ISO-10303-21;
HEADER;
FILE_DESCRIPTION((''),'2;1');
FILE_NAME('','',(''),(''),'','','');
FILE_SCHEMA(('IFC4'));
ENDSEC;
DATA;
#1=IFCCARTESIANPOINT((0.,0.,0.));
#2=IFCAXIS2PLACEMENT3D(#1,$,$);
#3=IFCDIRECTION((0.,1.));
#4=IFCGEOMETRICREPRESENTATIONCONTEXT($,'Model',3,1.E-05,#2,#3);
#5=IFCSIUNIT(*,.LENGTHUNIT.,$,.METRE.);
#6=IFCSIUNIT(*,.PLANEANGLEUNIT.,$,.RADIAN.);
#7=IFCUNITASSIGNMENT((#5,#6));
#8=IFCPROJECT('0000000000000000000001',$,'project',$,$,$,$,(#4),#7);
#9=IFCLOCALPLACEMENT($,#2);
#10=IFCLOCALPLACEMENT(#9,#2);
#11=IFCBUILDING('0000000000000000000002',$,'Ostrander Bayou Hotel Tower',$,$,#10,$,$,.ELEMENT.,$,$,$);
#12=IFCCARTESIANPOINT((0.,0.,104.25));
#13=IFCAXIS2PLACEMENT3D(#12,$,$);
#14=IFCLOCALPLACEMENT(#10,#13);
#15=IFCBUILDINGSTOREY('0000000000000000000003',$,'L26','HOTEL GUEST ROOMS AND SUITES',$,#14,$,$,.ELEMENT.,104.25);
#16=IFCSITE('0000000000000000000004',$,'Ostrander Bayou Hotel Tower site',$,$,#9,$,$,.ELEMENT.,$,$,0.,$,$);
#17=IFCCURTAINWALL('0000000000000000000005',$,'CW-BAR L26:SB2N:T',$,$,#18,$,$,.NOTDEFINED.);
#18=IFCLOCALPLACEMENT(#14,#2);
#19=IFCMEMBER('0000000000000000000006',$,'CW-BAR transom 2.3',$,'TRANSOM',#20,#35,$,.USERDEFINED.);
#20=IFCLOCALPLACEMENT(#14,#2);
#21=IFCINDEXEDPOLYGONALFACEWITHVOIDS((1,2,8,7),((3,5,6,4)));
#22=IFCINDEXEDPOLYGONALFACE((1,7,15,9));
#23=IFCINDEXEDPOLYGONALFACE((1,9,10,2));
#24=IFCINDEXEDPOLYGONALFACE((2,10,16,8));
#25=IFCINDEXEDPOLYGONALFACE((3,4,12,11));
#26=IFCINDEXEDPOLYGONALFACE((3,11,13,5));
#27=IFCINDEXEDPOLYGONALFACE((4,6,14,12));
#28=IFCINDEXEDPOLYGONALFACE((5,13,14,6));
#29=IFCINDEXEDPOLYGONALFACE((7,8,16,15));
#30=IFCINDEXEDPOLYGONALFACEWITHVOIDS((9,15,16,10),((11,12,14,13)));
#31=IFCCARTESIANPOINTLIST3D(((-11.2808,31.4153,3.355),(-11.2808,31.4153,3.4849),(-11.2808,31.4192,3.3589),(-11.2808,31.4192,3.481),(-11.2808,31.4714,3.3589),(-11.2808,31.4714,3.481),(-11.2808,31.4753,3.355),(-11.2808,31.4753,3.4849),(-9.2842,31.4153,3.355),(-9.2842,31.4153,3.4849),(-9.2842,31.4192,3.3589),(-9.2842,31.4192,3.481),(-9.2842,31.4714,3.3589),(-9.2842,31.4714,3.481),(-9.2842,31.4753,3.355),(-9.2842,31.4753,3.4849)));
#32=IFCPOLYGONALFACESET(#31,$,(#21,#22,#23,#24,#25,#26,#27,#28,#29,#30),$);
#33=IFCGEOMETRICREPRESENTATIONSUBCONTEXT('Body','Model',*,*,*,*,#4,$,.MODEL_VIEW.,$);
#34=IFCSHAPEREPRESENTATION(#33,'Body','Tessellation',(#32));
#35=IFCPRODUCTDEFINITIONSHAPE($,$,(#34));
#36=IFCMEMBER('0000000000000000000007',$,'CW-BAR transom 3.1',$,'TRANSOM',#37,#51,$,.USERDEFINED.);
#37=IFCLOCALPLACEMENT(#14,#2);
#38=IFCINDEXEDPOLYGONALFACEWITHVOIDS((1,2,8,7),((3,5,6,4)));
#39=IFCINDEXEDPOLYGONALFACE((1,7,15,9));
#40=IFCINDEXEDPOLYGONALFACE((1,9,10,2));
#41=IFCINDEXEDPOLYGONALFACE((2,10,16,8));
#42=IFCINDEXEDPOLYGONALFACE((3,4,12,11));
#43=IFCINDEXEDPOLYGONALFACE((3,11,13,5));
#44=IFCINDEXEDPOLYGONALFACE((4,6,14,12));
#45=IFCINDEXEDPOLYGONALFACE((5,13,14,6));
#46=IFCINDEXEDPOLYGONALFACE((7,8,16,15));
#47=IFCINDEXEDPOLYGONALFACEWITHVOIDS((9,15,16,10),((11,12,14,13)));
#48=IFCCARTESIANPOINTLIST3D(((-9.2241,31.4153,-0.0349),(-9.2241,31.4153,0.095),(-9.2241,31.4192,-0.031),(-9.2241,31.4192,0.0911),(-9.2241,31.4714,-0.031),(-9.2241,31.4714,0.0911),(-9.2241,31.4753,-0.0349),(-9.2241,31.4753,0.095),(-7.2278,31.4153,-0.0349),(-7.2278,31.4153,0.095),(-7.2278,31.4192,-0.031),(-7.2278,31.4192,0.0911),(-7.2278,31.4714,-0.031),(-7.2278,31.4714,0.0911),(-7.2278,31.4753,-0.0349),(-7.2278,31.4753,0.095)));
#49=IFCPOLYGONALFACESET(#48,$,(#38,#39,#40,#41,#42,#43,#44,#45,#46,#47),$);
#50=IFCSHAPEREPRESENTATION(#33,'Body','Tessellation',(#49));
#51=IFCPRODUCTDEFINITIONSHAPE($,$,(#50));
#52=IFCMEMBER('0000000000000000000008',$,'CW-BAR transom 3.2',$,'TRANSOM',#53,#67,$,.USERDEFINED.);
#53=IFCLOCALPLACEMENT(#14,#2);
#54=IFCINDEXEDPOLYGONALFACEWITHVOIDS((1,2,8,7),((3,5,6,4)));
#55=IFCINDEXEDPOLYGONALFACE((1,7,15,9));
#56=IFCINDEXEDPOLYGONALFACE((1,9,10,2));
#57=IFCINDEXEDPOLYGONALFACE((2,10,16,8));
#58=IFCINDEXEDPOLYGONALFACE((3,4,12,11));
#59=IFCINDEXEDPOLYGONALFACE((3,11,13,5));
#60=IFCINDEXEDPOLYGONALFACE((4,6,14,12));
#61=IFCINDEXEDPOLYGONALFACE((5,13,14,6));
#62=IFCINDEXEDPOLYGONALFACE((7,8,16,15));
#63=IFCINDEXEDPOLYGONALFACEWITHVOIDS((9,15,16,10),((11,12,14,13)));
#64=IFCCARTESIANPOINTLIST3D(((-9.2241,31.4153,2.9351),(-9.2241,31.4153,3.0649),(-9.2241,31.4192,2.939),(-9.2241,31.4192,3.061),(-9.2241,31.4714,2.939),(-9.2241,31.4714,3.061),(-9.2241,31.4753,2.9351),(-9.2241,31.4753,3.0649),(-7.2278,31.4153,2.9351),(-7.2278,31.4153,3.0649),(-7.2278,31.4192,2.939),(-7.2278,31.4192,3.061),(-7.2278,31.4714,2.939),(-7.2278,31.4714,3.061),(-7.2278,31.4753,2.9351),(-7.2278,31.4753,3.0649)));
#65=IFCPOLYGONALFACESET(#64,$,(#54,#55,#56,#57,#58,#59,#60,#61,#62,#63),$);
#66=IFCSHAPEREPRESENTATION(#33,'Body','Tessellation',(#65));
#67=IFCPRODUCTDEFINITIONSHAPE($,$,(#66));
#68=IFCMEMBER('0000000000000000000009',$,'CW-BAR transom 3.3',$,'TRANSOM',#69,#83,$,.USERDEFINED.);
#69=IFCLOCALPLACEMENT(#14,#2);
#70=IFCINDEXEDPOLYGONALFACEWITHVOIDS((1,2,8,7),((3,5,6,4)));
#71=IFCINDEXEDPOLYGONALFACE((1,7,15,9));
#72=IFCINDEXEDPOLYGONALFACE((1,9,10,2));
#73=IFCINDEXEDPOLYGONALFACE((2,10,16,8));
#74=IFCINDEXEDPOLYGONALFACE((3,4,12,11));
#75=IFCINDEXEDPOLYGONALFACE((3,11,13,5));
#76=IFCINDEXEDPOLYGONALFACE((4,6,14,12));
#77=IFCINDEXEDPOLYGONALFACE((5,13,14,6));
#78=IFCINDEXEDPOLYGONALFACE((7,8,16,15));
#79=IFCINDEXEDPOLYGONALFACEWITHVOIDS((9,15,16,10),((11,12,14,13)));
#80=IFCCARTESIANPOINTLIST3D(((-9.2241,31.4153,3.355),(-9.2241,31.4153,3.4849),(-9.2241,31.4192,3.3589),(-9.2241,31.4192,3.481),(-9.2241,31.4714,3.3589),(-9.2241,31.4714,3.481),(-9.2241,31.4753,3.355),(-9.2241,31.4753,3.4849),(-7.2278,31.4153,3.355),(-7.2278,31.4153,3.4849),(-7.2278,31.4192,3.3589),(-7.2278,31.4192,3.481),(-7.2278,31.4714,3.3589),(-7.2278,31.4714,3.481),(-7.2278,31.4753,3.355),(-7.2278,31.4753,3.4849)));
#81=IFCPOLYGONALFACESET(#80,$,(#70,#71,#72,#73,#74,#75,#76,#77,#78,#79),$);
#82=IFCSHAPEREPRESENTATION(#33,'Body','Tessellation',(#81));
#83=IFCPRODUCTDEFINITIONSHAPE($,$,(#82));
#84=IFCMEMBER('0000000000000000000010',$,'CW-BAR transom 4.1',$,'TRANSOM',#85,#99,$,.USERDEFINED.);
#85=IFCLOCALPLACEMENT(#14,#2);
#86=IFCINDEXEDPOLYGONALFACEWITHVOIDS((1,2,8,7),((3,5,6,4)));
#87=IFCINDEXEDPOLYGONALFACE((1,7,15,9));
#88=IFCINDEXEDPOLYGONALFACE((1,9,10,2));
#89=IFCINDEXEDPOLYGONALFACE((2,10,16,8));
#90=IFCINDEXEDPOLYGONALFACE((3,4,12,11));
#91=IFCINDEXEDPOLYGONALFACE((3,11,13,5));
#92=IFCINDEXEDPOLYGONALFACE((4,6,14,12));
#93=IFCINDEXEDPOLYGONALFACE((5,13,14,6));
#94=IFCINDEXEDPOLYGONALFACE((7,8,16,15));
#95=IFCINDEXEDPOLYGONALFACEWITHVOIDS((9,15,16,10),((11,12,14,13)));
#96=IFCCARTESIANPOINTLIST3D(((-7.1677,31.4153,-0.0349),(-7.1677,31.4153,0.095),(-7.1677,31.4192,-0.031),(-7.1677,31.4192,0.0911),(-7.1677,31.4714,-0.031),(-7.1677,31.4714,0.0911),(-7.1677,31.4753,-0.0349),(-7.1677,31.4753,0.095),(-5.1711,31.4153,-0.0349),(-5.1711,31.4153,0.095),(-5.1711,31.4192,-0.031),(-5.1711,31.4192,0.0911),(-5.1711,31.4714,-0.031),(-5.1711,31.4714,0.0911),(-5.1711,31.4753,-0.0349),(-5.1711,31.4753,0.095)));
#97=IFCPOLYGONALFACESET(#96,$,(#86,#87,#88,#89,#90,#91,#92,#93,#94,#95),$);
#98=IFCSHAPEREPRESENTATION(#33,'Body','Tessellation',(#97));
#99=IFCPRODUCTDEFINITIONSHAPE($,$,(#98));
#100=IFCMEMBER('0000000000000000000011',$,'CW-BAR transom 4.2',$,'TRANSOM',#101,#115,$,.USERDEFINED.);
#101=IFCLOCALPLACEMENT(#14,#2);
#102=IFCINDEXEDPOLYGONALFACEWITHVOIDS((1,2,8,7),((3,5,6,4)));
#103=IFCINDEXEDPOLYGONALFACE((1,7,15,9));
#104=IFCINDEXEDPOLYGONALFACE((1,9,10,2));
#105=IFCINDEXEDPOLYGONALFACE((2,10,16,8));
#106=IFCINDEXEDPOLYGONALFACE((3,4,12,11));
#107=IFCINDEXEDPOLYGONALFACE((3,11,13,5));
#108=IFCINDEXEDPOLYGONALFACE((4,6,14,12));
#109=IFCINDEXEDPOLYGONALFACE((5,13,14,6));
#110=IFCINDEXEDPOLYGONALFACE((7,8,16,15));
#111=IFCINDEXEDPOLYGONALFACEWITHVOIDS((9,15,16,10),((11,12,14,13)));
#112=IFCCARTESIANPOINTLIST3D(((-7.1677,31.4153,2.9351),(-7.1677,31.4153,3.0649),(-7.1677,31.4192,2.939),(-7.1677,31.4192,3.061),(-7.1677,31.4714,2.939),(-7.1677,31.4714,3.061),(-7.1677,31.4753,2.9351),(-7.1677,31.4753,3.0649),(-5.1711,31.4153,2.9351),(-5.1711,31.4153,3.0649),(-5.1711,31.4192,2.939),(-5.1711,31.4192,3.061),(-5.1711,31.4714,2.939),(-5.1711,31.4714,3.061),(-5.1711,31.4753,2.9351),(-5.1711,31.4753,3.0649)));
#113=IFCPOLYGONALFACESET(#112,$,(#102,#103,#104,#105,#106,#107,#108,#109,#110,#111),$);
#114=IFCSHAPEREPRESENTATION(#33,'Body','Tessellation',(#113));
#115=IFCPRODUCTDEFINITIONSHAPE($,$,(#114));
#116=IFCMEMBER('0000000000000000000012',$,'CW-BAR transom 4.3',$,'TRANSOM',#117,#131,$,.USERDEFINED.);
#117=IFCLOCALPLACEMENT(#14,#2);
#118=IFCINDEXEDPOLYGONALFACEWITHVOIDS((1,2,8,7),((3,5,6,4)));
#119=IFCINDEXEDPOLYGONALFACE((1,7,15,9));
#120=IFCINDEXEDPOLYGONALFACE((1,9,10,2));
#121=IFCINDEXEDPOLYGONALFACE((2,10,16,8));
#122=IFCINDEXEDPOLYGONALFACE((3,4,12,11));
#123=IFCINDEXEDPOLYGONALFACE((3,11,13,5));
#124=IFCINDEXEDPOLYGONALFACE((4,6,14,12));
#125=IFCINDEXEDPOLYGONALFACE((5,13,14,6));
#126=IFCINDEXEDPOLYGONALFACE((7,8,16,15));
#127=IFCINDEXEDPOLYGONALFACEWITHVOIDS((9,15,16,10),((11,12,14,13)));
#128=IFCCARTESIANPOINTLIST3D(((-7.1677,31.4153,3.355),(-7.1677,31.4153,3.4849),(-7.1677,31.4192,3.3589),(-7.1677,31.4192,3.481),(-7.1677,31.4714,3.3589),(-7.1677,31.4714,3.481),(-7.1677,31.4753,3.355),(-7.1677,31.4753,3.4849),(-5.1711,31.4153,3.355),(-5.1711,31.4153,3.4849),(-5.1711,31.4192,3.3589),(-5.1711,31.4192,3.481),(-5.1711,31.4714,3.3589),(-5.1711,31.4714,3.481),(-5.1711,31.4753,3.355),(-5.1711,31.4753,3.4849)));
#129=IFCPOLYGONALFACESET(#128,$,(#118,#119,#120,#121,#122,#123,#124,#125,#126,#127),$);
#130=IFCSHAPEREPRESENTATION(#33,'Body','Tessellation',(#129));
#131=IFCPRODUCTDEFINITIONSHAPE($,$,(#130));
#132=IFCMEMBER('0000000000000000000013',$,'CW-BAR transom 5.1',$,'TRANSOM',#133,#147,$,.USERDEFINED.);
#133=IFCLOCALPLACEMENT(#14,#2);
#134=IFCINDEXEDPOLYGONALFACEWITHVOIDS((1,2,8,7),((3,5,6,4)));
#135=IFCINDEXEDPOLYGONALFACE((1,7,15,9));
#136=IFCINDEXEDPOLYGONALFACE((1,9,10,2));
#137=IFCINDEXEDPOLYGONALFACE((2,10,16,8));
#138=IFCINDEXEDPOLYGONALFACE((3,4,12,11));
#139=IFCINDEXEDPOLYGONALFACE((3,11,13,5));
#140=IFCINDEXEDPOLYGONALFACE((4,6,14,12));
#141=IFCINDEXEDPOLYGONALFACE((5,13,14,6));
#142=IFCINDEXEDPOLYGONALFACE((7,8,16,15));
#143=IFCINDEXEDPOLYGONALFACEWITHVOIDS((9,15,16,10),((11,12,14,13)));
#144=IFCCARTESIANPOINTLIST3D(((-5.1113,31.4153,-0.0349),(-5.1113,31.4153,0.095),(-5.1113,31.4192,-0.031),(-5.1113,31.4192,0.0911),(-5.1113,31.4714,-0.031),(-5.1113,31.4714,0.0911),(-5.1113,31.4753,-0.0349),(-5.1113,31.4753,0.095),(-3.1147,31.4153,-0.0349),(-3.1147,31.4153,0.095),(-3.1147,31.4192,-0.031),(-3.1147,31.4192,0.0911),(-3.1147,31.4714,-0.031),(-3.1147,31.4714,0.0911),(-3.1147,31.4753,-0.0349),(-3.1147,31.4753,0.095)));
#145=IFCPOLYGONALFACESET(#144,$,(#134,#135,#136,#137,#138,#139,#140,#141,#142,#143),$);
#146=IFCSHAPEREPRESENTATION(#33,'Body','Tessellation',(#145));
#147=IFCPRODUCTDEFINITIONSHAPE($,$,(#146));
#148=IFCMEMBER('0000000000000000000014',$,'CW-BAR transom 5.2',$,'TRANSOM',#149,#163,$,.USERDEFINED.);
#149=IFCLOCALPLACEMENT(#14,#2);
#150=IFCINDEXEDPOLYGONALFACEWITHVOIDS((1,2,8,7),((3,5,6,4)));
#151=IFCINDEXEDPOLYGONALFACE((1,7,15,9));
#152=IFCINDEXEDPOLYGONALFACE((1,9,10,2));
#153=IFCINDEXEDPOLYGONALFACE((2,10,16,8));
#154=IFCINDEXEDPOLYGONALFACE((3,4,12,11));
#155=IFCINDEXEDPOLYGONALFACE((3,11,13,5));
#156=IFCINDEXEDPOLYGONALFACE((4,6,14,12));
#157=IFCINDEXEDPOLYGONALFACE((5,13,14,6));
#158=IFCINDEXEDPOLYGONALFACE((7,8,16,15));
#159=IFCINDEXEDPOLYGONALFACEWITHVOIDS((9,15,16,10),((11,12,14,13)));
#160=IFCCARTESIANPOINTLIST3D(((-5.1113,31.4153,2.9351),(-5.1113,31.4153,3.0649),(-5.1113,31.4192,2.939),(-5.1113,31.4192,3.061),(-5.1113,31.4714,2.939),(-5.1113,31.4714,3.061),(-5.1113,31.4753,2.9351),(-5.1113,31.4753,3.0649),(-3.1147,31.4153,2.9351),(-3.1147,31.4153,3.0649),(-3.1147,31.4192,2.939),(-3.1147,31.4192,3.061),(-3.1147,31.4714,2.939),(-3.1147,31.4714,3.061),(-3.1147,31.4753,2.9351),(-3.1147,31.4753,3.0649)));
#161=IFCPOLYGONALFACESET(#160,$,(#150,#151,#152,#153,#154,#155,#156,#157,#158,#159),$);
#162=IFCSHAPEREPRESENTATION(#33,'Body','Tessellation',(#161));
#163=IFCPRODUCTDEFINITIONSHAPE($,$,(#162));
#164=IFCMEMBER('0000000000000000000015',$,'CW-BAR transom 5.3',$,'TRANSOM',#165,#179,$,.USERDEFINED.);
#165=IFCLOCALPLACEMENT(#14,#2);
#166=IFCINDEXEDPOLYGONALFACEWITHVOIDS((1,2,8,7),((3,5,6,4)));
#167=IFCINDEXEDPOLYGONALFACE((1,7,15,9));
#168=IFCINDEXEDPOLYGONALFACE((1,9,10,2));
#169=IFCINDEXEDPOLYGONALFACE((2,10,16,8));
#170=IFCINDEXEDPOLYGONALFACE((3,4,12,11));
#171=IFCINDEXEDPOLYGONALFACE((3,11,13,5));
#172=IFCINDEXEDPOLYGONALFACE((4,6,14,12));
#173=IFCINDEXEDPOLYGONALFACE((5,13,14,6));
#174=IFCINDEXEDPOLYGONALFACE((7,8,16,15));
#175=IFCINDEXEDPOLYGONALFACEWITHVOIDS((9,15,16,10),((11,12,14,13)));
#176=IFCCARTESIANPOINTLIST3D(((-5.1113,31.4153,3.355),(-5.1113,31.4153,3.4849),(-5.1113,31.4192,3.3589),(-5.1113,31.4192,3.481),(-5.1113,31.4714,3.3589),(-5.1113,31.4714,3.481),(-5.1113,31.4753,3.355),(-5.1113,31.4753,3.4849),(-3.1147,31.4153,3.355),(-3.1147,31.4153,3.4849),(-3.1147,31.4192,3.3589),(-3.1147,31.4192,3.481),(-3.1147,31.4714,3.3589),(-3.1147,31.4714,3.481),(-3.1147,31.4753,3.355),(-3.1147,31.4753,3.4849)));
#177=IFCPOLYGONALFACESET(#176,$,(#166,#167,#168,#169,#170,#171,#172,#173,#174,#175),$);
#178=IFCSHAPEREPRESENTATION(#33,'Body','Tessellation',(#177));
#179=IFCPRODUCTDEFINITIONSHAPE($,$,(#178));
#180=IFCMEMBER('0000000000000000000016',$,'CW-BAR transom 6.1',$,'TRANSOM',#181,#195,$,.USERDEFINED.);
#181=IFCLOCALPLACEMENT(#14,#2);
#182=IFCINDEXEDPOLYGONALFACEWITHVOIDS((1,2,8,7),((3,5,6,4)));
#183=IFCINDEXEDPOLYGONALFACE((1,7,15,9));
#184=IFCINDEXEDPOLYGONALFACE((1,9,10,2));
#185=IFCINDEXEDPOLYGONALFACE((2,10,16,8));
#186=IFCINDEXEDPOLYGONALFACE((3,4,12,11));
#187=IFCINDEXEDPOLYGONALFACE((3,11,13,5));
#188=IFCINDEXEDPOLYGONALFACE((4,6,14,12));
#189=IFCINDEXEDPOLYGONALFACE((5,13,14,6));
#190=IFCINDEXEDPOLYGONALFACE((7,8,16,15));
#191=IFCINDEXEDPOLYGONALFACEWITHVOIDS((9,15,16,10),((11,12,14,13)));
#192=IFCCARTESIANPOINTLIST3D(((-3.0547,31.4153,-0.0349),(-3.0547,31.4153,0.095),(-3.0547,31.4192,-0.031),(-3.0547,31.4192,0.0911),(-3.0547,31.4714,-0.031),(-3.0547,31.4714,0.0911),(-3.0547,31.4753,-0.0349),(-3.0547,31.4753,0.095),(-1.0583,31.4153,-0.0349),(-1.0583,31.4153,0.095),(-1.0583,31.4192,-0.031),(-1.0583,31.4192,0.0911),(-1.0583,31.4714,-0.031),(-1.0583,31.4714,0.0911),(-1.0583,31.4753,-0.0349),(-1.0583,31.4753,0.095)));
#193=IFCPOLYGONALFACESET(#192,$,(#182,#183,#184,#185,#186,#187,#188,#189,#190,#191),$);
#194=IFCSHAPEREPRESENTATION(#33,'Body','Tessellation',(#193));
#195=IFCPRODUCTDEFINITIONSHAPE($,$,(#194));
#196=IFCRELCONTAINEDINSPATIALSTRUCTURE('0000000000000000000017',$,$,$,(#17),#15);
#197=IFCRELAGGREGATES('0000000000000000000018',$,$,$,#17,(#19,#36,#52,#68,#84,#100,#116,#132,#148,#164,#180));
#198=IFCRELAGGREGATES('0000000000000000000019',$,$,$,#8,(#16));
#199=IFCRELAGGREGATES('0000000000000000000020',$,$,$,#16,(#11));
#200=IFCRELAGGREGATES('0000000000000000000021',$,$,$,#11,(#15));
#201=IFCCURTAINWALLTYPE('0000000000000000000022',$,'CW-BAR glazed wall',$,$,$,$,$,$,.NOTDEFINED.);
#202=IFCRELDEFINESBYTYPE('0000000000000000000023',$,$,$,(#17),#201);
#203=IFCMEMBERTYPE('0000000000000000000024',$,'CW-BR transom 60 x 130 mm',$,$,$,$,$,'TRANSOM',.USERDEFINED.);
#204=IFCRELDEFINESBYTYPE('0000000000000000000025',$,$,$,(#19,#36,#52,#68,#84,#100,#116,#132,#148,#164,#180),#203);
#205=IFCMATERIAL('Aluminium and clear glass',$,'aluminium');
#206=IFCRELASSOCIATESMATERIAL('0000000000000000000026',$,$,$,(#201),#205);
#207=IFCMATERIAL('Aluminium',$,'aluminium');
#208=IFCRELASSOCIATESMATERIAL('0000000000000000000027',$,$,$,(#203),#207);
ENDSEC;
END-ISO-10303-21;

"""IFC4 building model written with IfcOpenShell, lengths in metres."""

from ifc_helpers import new_model, si_unit, direction, frame, origin, origin_2d, place, context, subcontext, project, spatial, hollow_rectangle, extrude, material, material_profile, profile_set, type_object, element, aggregate, save


model = new_model("IFC4")

# Units and contexts
model_context = context("Model", 3, precision=1e-05, world=origin(), true_north=direction((0.0, 1.0)))
body_context = subcontext(model_context, "Body", "Model", "MODEL_VIEW")
ifc_project = project(units=[si_unit("LENGTHUNIT", "METRE"), si_unit("PLANEANGLEUNIT", "RADIAN")], contexts=[model_context])

# Site, building, storey
site_placement = place(None, origin())
site = spatial("IfcSite", under=ifc_project, at=site_placement, Name="Ostrander Bayou Hotel Tower site", CompositionType="ELEMENT", RefElevation=0.0)
building_placement = place(site_placement, origin())
building = spatial("IfcBuilding", under=site, at=building_placement, Name="Ostrander Bayou Hotel Tower", CompositionType="ELEMENT")
storey_placement = place(building_placement, frame((0.0, 0.0, 104.25)))
storey = spatial("IfcBuildingStorey", under=building, at=storey_placement, Name="L26", Description="HOTEL GUEST ROOMS AND SUITES", CompositionType="ELEMENT", Elevation=104.25)

# Curtain wall, members
ifc_material_1 = material(Name="Aluminium and clear glass", Category="aluminium")
curtain_wall_type = type_object("IfcCurtainWallType", Name="CW-BAR glazed wall", PredefinedType="NOTDEFINED", material=ifc_material_1)
curtain_wall_placement = place(storey_placement, origin())
curtain_wall = element("IfcCurtainWall", 1, at=curtain_wall_placement, inside=storey, type_object=curtain_wall_type, Name="CW-BAR L26:SB2N:T", PredefinedType="NOTDEFINED")
ifc_material_2 = material(Name="Aluminium", Category="aluminium")
ifc_material_profile_1 = material_profile(ifc_material_2, hollow_rectangle(XDim=0.0601, YDim=0.1299, WallThickness=0.0039, at=origin_2d()))
ifc_profile_set_1 = profile_set([ifc_material_profile_1], Name="Aluminium")
member_type_1 = type_object("IfcMemberType", Name="CW-BR transom 60 x 130 mm", ElementType="TRANSOM", PredefinedType="USERDEFINED", material=ifc_profile_set_1)
member_1_placement = place(storey_placement, frame((-11.2808, 31.4453, 3.4199), z_axis=(1.0, 0.0, 0.0), x_axis=(0.0, 1.0, 0.0)))
member_1 = element("IfcMember", 2, at=member_1_placement, type_object=member_type_1, Name="CW-BAR transom 2.3", ObjectType="TRANSOM", PredefinedType="USERDEFINED", context=body_context, shape_type="SweptSolid", body=[
    extrude(hollow_rectangle(XDim=0.0601, YDim=0.1299, WallThickness=0.0039, at=origin_2d()), origin(), (0.0, 0.0, 1.0), 1.9966),
])
member_2_placement = place(storey_placement, frame((-9.2241, 31.4453, 0.03), z_axis=(1.0, 0.0, 0.0), x_axis=(0.0, 1.0, 0.0)))
member_2 = element("IfcMember", 3, at=member_2_placement, type_object=member_type_1, Name="CW-BAR transom 3.1", ObjectType="TRANSOM", PredefinedType="USERDEFINED", context=body_context, shape_type="SweptSolid", body=[
    extrude(hollow_rectangle(XDim=0.0601, YDim=0.1299, WallThickness=0.0039, at=origin_2d()), origin(), (0.0, 0.0, 1.0), 1.9963),
])
member_3_placement = place(storey_placement, frame((-9.2241, 31.4453, 3.0), z_axis=(1.0, 0.0, 0.0), x_axis=(0.0, 1.0, 0.0)))
member_3 = element("IfcMember", 4, at=member_3_placement, type_object=member_type_1, Name="CW-BAR transom 3.2", ObjectType="TRANSOM", PredefinedType="USERDEFINED", context=body_context, shape_type="SweptSolid", body=[
    extrude(hollow_rectangle(XDim=0.0601, YDim=0.1299, WallThickness=0.0039, at=origin_2d()), origin(), (0.0, 0.0, 1.0), 1.9963),
])
member_4_placement = place(storey_placement, frame((-9.2241, 31.4453, 3.4199), z_axis=(1.0, 0.0, 0.0), x_axis=(0.0, 1.0, 0.0)))
member_4 = element("IfcMember", 5, at=member_4_placement, type_object=member_type_1, Name="CW-BAR transom 3.3", ObjectType="TRANSOM", PredefinedType="USERDEFINED", context=body_context, shape_type="SweptSolid", body=[
    extrude(hollow_rectangle(XDim=0.0601, YDim=0.1299, WallThickness=0.0039, at=origin_2d()), origin(), (0.0, 0.0, 1.0), 1.9963),
])
member_5_placement = place(storey_placement, frame((-7.1677, 31.4453, 0.03), z_axis=(1.0, 0.0, 0.0), x_axis=(0.0, 1.0, 0.0)))
member_5 = element("IfcMember", 6, at=member_5_placement, type_object=member_type_1, Name="CW-BAR transom 4.1", ObjectType="TRANSOM", PredefinedType="USERDEFINED", context=body_context, shape_type="SweptSolid", body=[
    extrude(hollow_rectangle(XDim=0.0601, YDim=0.1299, WallThickness=0.0039, at=origin_2d()), origin(), (0.0, 0.0, 1.0), 1.9966),
])
member_6_placement = place(storey_placement, frame((-7.1677, 31.4453, 3.0), z_axis=(1.0, 0.0, 0.0), x_axis=(0.0, 1.0, 0.0)))
member_6 = element("IfcMember", 7, at=member_6_placement, type_object=member_type_1, Name="CW-BAR transom 4.2", ObjectType="TRANSOM", PredefinedType="USERDEFINED", context=body_context, shape_type="SweptSolid", body=[
    extrude(hollow_rectangle(XDim=0.0601, YDim=0.1299, WallThickness=0.0039, at=origin_2d()), origin(), (0.0, 0.0, 1.0), 1.9966),
])
member_7_placement = place(storey_placement, frame((-7.1677, 31.4453, 3.4199), z_axis=(1.0, 0.0, 0.0), x_axis=(0.0, 1.0, 0.0)))
member_7 = element("IfcMember", 8, at=member_7_placement, type_object=member_type_1, Name="CW-BAR transom 4.3", ObjectType="TRANSOM", PredefinedType="USERDEFINED", context=body_context, shape_type="SweptSolid", body=[
    extrude(hollow_rectangle(XDim=0.0601, YDim=0.1299, WallThickness=0.0039, at=origin_2d()), origin(), (0.0, 0.0, 1.0), 1.9966),
])
member_8_placement = place(storey_placement, frame((-5.1113, 31.4453, 0.03), z_axis=(1.0, 0.0, 0.0), x_axis=(0.0, 1.0, 0.0)))
member_8 = element("IfcMember", 9, at=member_8_placement, type_object=member_type_1, Name="CW-BAR transom 5.1", ObjectType="TRANSOM", PredefinedType="USERDEFINED", context=body_context, shape_type="SweptSolid", body=[
    extrude(hollow_rectangle(XDim=0.0601, YDim=0.1299, WallThickness=0.0039, at=origin_2d()), origin(), (0.0, 0.0, 1.0), 1.9966),
])
member_9_placement = place(storey_placement, frame((-5.1113, 31.4453, 3.0), z_axis=(1.0, 0.0, 0.0), x_axis=(0.0, 1.0, 0.0)))
member_9 = element("IfcMember", 10, at=member_9_placement, type_object=member_type_1, Name="CW-BAR transom 5.2", ObjectType="TRANSOM", PredefinedType="USERDEFINED", context=body_context, shape_type="SweptSolid", body=[
    extrude(hollow_rectangle(XDim=0.0601, YDim=0.1299, WallThickness=0.0039, at=origin_2d()), origin(), (0.0, 0.0, 1.0), 1.9966),
])
member_10_placement = place(storey_placement, frame((-5.1113, 31.4453, 3.4199), z_axis=(1.0, 0.0, 0.0), x_axis=(0.0, 1.0, 0.0)))
member_10 = element("IfcMember", 11, at=member_10_placement, type_object=member_type_1, Name="CW-BAR transom 5.3", ObjectType="TRANSOM", PredefinedType="USERDEFINED", context=body_context, shape_type="SweptSolid", body=[
    extrude(hollow_rectangle(XDim=0.0601, YDim=0.1299, WallThickness=0.0039, at=origin_2d()), origin(), (0.0, 0.0, 1.0), 1.9966),
])
member_11_placement = place(storey_placement, frame((-3.0547, 31.4453, 0.03), z_axis=(1.0, 0.0, 0.0), x_axis=(0.0, 1.0, 0.0)))
member_11 = element("IfcMember", 12, at=member_11_placement, type_object=member_type_1, Name="CW-BAR transom 6.1", ObjectType="TRANSOM", PredefinedType="USERDEFINED", context=body_context, shape_type="SweptSolid", body=[
    extrude(hollow_rectangle(XDim=0.0601, YDim=0.1299, WallThickness=0.0039, at=origin_2d()), origin(), (0.0, 0.0, 1.0), 1.9963),
])
aggregate(curtain_wall, [member_1, member_2, member_3, member_4, member_5, member_6, member_7, member_8, member_9, member_10, member_11])

save(model, "model.ifc")
